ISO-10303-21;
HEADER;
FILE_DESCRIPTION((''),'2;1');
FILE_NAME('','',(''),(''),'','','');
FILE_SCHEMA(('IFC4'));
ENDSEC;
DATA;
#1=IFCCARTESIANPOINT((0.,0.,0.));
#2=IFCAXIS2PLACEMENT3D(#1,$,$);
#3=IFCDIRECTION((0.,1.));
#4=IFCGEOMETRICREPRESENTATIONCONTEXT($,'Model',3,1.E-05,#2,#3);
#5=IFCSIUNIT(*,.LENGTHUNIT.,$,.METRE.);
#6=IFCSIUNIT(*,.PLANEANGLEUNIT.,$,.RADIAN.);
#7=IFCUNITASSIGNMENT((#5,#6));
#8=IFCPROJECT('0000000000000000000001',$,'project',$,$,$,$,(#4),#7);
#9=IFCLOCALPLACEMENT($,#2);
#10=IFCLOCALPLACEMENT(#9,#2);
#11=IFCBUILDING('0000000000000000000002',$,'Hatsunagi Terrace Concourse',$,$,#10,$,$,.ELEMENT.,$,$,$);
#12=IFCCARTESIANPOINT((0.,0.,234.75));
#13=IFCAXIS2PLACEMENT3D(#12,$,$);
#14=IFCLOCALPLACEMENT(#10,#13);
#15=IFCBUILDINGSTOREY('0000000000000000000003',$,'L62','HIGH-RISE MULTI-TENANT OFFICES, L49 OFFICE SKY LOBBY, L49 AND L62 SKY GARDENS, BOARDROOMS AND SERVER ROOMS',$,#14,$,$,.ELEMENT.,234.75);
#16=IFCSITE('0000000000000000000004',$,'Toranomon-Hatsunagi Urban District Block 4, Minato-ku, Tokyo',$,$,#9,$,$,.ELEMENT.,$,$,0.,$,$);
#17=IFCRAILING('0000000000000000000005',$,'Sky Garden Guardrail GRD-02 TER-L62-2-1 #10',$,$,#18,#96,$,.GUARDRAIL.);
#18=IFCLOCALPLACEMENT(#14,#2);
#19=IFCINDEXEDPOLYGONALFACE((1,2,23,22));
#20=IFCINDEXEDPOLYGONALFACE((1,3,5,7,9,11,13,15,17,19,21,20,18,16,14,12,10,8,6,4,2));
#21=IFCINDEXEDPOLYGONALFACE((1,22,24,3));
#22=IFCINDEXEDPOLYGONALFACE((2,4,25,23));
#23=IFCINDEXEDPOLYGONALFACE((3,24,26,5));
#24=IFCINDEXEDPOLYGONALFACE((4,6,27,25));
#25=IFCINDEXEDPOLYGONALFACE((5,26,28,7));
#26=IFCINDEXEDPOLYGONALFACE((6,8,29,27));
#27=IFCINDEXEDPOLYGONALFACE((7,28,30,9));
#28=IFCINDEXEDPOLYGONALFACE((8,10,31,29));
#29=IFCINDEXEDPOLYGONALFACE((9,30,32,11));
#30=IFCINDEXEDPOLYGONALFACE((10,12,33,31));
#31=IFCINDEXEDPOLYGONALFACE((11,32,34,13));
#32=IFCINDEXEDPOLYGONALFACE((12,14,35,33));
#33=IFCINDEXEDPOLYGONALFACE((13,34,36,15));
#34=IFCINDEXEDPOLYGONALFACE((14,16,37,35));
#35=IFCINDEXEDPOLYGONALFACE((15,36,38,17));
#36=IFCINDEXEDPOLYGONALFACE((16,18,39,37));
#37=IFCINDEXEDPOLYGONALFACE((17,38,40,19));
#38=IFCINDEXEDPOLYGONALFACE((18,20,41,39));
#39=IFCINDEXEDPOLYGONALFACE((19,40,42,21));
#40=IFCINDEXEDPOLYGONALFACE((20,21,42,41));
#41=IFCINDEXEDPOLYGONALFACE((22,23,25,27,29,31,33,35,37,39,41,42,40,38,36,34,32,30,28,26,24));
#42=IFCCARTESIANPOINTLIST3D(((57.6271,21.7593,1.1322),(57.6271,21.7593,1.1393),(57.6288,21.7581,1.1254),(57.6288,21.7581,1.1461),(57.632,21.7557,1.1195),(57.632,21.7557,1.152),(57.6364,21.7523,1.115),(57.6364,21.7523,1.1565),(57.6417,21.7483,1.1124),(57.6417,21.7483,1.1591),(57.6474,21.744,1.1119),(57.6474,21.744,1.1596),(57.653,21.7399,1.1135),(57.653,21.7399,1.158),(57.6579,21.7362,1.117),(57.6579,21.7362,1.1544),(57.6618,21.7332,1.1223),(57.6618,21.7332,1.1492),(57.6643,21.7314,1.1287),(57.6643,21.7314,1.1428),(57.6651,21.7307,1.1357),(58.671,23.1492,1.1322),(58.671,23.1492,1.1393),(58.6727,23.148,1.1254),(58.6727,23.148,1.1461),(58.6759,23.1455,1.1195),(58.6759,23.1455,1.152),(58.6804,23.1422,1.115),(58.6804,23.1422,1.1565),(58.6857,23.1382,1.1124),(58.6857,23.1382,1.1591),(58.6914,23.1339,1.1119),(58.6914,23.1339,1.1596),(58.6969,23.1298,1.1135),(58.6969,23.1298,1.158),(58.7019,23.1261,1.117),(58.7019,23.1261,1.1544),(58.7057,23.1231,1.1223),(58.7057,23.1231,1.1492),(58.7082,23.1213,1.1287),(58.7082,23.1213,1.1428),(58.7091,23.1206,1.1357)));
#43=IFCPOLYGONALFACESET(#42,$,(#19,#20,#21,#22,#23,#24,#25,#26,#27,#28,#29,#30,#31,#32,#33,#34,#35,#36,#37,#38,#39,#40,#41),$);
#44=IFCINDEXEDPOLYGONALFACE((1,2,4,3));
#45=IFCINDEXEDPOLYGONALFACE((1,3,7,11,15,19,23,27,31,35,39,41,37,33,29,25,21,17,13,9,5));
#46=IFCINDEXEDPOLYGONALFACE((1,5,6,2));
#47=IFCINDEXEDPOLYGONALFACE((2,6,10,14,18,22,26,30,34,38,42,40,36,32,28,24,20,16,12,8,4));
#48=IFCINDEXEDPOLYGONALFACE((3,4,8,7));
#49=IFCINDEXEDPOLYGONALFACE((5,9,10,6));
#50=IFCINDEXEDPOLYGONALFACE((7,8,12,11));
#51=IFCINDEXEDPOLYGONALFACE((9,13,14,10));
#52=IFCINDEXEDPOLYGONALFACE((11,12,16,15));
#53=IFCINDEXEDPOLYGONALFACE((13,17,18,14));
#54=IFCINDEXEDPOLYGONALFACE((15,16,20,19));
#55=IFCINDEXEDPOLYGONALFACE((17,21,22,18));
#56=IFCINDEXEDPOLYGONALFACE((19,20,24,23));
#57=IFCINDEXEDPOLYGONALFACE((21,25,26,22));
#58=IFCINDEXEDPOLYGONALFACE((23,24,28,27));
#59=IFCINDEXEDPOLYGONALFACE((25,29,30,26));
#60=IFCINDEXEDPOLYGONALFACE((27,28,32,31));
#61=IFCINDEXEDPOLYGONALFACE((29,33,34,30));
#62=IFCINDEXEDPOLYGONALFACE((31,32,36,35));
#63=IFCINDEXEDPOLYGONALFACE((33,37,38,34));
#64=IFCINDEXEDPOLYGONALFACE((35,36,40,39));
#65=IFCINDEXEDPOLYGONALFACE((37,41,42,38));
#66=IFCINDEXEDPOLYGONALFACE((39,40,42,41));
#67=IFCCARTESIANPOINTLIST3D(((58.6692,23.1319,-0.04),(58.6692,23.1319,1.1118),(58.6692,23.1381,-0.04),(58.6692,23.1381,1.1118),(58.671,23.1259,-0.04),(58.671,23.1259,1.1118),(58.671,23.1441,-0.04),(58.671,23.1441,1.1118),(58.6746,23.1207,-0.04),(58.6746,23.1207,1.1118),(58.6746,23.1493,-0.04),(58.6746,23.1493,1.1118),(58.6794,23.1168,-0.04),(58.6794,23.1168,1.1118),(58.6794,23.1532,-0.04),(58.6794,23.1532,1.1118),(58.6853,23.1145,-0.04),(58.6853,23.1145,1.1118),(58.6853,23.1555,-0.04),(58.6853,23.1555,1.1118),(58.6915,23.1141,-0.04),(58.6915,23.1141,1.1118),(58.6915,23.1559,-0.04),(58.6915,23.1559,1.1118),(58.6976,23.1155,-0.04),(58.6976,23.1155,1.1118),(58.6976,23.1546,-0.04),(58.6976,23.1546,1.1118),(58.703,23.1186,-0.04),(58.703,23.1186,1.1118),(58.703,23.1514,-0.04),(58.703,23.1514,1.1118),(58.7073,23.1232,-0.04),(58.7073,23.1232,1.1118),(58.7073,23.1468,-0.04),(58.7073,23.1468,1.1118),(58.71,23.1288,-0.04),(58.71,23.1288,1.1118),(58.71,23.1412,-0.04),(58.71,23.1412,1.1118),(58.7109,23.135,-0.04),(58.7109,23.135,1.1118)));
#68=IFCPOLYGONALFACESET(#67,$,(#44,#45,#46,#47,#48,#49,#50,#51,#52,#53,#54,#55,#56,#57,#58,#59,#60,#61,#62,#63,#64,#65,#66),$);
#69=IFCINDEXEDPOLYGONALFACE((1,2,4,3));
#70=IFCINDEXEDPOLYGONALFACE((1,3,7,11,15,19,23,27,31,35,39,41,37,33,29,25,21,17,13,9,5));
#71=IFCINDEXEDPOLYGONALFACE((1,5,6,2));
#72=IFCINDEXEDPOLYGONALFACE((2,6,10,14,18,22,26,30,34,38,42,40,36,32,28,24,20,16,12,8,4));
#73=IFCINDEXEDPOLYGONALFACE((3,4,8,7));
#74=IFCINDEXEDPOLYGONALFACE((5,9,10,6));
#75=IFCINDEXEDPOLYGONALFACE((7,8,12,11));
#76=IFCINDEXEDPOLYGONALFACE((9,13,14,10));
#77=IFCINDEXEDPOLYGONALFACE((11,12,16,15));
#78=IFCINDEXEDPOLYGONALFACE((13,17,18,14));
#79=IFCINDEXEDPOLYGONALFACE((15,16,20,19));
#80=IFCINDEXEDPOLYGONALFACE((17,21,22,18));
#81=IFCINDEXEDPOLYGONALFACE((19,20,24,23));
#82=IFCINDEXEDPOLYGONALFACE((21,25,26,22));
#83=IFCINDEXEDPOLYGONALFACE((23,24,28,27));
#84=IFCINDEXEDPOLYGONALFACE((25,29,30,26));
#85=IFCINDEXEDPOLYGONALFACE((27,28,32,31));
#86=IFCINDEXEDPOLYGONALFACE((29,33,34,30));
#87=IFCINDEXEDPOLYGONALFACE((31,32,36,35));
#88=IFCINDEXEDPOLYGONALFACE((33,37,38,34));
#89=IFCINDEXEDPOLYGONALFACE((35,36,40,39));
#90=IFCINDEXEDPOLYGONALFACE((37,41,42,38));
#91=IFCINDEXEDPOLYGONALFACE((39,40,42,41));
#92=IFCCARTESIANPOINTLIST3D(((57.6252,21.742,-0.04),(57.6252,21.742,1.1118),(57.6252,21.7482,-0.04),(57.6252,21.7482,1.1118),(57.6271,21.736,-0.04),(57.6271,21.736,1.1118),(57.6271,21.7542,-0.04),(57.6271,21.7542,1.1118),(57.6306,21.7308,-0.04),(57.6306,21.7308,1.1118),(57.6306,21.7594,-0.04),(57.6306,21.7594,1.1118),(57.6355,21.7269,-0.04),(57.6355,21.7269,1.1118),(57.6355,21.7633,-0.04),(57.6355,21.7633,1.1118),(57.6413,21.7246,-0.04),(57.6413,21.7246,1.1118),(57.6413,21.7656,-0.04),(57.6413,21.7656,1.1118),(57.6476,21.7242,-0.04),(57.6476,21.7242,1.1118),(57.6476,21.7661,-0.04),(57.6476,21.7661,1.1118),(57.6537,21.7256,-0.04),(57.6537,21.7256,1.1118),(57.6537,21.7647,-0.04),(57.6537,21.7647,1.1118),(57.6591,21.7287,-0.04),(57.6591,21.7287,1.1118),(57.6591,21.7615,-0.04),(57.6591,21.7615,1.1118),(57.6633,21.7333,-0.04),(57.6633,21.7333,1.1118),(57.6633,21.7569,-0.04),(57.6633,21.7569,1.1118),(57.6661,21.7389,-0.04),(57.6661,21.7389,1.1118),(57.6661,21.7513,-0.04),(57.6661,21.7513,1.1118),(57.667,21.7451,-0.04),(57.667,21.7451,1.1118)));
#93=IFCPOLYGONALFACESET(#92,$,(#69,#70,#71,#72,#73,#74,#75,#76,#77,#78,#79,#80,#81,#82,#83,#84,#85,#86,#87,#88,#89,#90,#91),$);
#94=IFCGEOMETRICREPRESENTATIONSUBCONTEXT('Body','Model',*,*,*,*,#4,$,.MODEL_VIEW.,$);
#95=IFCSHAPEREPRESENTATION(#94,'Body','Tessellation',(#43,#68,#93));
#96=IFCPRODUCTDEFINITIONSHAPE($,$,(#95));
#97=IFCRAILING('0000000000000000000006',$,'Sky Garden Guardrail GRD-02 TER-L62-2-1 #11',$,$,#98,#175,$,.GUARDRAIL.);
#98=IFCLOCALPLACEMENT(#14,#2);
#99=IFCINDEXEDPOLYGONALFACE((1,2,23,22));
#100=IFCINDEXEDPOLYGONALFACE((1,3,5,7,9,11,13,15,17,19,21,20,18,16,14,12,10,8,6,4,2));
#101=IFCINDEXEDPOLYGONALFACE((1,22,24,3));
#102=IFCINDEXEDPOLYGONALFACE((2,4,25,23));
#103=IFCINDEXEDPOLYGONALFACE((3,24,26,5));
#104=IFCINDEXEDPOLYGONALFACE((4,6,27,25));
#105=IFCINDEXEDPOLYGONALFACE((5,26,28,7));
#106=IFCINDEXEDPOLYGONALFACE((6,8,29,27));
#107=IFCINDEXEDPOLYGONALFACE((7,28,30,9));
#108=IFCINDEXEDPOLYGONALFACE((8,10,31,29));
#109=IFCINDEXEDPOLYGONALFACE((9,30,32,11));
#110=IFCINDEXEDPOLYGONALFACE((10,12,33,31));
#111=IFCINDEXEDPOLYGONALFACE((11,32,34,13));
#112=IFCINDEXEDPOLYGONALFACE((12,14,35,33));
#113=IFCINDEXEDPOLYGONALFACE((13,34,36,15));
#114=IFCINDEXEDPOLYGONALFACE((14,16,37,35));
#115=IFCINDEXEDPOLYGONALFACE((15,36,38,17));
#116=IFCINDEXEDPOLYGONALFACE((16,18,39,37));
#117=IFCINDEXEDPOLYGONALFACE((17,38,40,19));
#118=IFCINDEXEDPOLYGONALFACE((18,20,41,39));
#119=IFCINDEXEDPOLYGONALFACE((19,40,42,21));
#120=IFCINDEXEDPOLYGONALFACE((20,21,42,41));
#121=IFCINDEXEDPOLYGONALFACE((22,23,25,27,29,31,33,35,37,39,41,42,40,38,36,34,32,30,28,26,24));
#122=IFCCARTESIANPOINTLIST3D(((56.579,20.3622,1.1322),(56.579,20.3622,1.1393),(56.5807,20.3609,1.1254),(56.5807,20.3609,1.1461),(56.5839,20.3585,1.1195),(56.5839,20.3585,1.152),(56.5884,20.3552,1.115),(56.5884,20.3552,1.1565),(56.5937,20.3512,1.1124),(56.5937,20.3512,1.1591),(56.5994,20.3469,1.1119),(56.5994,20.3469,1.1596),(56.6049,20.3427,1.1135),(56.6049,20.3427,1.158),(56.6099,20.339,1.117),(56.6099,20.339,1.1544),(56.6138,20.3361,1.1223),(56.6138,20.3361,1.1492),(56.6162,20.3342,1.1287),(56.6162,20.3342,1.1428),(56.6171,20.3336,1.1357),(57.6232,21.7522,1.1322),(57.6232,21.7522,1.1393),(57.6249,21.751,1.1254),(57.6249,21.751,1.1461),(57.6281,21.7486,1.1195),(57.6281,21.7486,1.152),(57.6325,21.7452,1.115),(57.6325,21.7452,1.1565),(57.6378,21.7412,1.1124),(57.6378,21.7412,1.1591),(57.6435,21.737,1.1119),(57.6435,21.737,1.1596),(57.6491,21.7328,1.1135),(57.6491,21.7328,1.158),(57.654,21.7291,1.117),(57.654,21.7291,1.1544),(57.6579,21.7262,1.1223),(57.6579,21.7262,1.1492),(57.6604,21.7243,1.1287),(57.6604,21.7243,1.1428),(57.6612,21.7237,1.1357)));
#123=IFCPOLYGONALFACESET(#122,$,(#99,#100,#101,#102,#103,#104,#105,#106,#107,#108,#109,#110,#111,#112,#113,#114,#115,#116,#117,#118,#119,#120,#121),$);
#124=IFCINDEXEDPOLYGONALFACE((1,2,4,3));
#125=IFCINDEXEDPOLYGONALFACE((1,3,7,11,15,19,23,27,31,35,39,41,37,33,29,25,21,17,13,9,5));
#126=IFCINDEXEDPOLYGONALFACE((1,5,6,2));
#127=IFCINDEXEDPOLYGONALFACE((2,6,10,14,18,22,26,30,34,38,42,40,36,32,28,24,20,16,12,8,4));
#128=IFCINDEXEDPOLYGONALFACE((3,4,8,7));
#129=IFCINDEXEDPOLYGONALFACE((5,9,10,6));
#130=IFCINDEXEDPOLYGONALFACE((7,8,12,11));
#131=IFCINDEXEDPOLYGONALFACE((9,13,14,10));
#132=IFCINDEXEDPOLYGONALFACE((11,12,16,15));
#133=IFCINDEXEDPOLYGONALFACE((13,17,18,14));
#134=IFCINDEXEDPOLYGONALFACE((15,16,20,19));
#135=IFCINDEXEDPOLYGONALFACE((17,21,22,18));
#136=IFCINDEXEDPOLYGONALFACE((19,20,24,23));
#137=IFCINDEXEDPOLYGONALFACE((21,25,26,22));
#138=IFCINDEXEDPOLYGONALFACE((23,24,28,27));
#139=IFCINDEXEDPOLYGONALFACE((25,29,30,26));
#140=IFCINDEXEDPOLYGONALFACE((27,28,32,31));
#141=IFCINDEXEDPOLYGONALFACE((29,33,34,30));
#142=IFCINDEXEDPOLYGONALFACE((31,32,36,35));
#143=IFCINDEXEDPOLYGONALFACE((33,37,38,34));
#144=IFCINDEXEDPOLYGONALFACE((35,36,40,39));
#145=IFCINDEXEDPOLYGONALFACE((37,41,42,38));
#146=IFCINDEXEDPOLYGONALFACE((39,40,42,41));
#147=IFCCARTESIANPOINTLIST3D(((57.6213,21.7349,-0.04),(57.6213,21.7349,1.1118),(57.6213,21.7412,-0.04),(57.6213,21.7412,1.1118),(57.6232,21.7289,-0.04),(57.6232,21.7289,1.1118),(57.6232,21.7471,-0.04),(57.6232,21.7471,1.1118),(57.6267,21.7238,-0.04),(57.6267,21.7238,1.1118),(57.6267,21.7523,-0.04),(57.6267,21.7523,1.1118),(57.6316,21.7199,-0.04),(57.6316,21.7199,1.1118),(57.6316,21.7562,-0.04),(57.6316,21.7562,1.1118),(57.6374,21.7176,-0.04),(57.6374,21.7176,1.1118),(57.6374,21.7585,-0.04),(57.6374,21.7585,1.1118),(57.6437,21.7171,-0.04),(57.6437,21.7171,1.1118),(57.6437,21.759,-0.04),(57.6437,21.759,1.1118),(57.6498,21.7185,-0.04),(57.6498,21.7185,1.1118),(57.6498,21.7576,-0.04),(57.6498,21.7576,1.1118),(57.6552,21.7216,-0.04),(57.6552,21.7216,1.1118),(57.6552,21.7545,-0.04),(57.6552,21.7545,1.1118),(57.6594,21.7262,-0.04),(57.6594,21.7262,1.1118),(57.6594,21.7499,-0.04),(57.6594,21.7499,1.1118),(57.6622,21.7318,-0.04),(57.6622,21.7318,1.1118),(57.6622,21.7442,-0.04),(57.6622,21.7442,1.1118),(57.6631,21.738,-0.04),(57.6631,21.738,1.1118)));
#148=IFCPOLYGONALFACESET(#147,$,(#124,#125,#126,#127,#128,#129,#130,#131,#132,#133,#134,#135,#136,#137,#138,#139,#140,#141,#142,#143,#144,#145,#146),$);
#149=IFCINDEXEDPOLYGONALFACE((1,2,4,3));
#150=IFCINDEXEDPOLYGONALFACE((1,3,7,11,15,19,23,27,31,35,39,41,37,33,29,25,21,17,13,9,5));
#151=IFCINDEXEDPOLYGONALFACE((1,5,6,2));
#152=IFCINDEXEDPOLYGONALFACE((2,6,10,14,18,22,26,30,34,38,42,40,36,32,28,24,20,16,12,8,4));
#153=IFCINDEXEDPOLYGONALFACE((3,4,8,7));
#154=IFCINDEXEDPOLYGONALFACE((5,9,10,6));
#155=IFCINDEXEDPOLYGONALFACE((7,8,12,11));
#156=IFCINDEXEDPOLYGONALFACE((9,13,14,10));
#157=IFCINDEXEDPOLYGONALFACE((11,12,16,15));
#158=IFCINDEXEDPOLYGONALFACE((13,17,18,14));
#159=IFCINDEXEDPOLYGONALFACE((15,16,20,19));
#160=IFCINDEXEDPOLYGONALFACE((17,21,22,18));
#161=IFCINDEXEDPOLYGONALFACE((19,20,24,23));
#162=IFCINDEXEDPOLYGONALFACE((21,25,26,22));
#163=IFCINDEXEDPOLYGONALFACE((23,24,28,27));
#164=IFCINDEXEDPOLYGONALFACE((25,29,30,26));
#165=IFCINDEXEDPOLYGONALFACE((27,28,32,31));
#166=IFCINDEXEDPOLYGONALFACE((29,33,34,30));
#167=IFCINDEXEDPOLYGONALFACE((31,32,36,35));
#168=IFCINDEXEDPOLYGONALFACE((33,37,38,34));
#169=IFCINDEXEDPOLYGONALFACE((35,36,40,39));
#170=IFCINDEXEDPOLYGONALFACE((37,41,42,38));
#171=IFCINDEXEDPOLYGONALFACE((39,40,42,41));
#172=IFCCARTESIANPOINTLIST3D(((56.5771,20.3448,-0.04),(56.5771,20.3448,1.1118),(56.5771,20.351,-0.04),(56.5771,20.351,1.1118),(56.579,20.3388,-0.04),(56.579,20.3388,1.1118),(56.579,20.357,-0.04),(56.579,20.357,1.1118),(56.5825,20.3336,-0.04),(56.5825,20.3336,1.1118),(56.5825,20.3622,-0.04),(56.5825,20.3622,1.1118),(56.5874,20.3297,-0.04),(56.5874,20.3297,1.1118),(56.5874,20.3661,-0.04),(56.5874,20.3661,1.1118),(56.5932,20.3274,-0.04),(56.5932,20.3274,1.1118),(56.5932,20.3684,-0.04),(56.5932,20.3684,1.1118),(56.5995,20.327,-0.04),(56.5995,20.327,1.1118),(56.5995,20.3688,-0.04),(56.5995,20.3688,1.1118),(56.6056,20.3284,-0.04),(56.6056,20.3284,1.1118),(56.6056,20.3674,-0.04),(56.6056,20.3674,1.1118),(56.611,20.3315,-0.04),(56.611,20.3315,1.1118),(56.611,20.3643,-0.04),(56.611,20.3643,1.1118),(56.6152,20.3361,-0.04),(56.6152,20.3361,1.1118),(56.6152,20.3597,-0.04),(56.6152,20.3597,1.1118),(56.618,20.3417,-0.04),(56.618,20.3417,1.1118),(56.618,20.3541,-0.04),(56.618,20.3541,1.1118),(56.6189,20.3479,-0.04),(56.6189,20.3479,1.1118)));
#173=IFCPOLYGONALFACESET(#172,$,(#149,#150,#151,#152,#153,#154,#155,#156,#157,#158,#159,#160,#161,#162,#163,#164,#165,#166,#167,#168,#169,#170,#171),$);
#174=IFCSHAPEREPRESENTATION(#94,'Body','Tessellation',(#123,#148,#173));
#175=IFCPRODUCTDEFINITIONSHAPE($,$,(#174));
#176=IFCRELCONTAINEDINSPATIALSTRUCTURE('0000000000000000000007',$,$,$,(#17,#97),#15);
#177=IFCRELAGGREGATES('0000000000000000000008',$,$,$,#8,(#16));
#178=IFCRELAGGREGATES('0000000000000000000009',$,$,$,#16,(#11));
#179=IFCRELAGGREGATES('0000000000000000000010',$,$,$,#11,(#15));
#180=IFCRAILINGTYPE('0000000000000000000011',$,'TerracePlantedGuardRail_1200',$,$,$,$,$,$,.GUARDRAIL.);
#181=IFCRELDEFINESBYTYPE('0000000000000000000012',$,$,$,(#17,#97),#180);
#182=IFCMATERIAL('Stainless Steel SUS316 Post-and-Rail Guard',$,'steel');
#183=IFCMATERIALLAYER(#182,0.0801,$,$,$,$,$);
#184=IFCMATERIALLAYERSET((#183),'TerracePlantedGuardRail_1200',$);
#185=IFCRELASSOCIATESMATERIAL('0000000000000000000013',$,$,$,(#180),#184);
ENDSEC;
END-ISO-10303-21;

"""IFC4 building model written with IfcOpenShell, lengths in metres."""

from ifc_helpers import new_model, si_unit, direction, frame, origin, origin_2d, place, context, subcontext, project, spatial, circle, extrude, material, layer, layer_set, type_object, element, save


model = new_model("IFC4")

# Units and contexts
model_context = context("Model", 3, precision=1e-05, world=origin(), true_north=direction((0.0, 1.0)))
body_context = subcontext(model_context, "Body", "Model", "MODEL_VIEW")
ifc_project = project(units=[si_unit("LENGTHUNIT", "METRE"), si_unit("PLANEANGLEUNIT", "RADIAN")], contexts=[model_context])

# Site, building, storey
site_placement = place(None, origin())
site = spatial("IfcSite", under=ifc_project, at=site_placement, Name="Toranomon-Hatsunagi Urban District Block 4, Minato-ku, Tokyo", CompositionType="ELEMENT", RefElevation=0.0)
building_placement = place(site_placement, origin())
building = spatial("IfcBuilding", under=site, at=building_placement, Name="Hatsunagi Terrace Concourse", CompositionType="ELEMENT")
storey_placement = place(building_placement, frame((0.0, 0.0, 234.75)))
storey = spatial("IfcBuildingStorey", under=building, at=storey_placement, Name="L62", Description="HIGH-RISE MULTI-TENANT OFFICES, L49 OFFICE SKY LOBBY, L49 AND L62 SKY GARDENS, BOARDROOMS AND SERVER ROOMS", CompositionType="ELEMENT", Elevation=234.75)

# Railings
ifc_material_1 = material(Name="Stainless Steel SUS316 Post-and-Rail Guard", Category="steel")
ifc_layer_1 = layer(ifc_material_1, 0.0801)
ifc_layer_set_1 = layer_set([ifc_layer_1], Name="TerracePlantedGuardRail_1200")
railing_type = type_object("IfcRailingType", Name="TerracePlantedGuardRail_1200", PredefinedType="GUARDRAIL", material=ifc_layer_set_1)
railing_1_placement = place(storey_placement, frame((58.6899, 23.135, -0.04)))
element("IfcRailing", 1, at=railing_1_placement, inside=storey, type_object=railing_type, Name="Sky Garden Guardrail GRD-02 TER-L62-2-1 #10", PredefinedType="GUARDRAIL", context=body_context, shape_type="SweptSolid", body=[
    extrude(circle(Radius=0.0239, at=origin_2d()), frame((0.0, 0.0, 1.1758), z_axis=(-0.600562, -0.799578, 0.0), x_axis=(0.799578, -0.600562, 0.0)), (0.0, 0.0, 1.0), 1.7383),
    extrude(circle(Radius=0.021, at=origin_2d()), origin(), (0.0, 0.0, 1.0), 1.1519),
    extrude(circle(Radius=0.021, at=origin_2d()), frame((-1.0439, -1.3899, 0.0)), (0.0, 0.0, 1.0), 1.1519),
])
railing_2_placement = place(storey_placement, frame((57.6421, 21.738, -0.04)))
element("IfcRailing", 2, at=railing_2_placement, inside=storey, type_object=railing_type, Name="Sky Garden Guardrail GRD-02 TER-L62-2-1 #11", PredefinedType="GUARDRAIL", context=body_context, shape_type="SweptSolid", body=[
    extrude(circle(Radius=0.0239, at=origin_2d()), frame((0.0, 0.0, 1.1758), z_axis=(-0.600584, -0.799562, 0.0), x_axis=(0.799562, -0.600584, 0.0)), (0.0, 0.0, 1.0), 1.7385),
    extrude(circle(Radius=0.021, at=origin_2d()), origin(), (0.0, 0.0, 1.0), 1.1519),
    extrude(circle(Radius=0.021, at=origin_2d()), frame((-1.0442, -1.3901, 0.0)), (0.0, 0.0, 1.0), 1.1519),
])

save(model, "model.ifc")
